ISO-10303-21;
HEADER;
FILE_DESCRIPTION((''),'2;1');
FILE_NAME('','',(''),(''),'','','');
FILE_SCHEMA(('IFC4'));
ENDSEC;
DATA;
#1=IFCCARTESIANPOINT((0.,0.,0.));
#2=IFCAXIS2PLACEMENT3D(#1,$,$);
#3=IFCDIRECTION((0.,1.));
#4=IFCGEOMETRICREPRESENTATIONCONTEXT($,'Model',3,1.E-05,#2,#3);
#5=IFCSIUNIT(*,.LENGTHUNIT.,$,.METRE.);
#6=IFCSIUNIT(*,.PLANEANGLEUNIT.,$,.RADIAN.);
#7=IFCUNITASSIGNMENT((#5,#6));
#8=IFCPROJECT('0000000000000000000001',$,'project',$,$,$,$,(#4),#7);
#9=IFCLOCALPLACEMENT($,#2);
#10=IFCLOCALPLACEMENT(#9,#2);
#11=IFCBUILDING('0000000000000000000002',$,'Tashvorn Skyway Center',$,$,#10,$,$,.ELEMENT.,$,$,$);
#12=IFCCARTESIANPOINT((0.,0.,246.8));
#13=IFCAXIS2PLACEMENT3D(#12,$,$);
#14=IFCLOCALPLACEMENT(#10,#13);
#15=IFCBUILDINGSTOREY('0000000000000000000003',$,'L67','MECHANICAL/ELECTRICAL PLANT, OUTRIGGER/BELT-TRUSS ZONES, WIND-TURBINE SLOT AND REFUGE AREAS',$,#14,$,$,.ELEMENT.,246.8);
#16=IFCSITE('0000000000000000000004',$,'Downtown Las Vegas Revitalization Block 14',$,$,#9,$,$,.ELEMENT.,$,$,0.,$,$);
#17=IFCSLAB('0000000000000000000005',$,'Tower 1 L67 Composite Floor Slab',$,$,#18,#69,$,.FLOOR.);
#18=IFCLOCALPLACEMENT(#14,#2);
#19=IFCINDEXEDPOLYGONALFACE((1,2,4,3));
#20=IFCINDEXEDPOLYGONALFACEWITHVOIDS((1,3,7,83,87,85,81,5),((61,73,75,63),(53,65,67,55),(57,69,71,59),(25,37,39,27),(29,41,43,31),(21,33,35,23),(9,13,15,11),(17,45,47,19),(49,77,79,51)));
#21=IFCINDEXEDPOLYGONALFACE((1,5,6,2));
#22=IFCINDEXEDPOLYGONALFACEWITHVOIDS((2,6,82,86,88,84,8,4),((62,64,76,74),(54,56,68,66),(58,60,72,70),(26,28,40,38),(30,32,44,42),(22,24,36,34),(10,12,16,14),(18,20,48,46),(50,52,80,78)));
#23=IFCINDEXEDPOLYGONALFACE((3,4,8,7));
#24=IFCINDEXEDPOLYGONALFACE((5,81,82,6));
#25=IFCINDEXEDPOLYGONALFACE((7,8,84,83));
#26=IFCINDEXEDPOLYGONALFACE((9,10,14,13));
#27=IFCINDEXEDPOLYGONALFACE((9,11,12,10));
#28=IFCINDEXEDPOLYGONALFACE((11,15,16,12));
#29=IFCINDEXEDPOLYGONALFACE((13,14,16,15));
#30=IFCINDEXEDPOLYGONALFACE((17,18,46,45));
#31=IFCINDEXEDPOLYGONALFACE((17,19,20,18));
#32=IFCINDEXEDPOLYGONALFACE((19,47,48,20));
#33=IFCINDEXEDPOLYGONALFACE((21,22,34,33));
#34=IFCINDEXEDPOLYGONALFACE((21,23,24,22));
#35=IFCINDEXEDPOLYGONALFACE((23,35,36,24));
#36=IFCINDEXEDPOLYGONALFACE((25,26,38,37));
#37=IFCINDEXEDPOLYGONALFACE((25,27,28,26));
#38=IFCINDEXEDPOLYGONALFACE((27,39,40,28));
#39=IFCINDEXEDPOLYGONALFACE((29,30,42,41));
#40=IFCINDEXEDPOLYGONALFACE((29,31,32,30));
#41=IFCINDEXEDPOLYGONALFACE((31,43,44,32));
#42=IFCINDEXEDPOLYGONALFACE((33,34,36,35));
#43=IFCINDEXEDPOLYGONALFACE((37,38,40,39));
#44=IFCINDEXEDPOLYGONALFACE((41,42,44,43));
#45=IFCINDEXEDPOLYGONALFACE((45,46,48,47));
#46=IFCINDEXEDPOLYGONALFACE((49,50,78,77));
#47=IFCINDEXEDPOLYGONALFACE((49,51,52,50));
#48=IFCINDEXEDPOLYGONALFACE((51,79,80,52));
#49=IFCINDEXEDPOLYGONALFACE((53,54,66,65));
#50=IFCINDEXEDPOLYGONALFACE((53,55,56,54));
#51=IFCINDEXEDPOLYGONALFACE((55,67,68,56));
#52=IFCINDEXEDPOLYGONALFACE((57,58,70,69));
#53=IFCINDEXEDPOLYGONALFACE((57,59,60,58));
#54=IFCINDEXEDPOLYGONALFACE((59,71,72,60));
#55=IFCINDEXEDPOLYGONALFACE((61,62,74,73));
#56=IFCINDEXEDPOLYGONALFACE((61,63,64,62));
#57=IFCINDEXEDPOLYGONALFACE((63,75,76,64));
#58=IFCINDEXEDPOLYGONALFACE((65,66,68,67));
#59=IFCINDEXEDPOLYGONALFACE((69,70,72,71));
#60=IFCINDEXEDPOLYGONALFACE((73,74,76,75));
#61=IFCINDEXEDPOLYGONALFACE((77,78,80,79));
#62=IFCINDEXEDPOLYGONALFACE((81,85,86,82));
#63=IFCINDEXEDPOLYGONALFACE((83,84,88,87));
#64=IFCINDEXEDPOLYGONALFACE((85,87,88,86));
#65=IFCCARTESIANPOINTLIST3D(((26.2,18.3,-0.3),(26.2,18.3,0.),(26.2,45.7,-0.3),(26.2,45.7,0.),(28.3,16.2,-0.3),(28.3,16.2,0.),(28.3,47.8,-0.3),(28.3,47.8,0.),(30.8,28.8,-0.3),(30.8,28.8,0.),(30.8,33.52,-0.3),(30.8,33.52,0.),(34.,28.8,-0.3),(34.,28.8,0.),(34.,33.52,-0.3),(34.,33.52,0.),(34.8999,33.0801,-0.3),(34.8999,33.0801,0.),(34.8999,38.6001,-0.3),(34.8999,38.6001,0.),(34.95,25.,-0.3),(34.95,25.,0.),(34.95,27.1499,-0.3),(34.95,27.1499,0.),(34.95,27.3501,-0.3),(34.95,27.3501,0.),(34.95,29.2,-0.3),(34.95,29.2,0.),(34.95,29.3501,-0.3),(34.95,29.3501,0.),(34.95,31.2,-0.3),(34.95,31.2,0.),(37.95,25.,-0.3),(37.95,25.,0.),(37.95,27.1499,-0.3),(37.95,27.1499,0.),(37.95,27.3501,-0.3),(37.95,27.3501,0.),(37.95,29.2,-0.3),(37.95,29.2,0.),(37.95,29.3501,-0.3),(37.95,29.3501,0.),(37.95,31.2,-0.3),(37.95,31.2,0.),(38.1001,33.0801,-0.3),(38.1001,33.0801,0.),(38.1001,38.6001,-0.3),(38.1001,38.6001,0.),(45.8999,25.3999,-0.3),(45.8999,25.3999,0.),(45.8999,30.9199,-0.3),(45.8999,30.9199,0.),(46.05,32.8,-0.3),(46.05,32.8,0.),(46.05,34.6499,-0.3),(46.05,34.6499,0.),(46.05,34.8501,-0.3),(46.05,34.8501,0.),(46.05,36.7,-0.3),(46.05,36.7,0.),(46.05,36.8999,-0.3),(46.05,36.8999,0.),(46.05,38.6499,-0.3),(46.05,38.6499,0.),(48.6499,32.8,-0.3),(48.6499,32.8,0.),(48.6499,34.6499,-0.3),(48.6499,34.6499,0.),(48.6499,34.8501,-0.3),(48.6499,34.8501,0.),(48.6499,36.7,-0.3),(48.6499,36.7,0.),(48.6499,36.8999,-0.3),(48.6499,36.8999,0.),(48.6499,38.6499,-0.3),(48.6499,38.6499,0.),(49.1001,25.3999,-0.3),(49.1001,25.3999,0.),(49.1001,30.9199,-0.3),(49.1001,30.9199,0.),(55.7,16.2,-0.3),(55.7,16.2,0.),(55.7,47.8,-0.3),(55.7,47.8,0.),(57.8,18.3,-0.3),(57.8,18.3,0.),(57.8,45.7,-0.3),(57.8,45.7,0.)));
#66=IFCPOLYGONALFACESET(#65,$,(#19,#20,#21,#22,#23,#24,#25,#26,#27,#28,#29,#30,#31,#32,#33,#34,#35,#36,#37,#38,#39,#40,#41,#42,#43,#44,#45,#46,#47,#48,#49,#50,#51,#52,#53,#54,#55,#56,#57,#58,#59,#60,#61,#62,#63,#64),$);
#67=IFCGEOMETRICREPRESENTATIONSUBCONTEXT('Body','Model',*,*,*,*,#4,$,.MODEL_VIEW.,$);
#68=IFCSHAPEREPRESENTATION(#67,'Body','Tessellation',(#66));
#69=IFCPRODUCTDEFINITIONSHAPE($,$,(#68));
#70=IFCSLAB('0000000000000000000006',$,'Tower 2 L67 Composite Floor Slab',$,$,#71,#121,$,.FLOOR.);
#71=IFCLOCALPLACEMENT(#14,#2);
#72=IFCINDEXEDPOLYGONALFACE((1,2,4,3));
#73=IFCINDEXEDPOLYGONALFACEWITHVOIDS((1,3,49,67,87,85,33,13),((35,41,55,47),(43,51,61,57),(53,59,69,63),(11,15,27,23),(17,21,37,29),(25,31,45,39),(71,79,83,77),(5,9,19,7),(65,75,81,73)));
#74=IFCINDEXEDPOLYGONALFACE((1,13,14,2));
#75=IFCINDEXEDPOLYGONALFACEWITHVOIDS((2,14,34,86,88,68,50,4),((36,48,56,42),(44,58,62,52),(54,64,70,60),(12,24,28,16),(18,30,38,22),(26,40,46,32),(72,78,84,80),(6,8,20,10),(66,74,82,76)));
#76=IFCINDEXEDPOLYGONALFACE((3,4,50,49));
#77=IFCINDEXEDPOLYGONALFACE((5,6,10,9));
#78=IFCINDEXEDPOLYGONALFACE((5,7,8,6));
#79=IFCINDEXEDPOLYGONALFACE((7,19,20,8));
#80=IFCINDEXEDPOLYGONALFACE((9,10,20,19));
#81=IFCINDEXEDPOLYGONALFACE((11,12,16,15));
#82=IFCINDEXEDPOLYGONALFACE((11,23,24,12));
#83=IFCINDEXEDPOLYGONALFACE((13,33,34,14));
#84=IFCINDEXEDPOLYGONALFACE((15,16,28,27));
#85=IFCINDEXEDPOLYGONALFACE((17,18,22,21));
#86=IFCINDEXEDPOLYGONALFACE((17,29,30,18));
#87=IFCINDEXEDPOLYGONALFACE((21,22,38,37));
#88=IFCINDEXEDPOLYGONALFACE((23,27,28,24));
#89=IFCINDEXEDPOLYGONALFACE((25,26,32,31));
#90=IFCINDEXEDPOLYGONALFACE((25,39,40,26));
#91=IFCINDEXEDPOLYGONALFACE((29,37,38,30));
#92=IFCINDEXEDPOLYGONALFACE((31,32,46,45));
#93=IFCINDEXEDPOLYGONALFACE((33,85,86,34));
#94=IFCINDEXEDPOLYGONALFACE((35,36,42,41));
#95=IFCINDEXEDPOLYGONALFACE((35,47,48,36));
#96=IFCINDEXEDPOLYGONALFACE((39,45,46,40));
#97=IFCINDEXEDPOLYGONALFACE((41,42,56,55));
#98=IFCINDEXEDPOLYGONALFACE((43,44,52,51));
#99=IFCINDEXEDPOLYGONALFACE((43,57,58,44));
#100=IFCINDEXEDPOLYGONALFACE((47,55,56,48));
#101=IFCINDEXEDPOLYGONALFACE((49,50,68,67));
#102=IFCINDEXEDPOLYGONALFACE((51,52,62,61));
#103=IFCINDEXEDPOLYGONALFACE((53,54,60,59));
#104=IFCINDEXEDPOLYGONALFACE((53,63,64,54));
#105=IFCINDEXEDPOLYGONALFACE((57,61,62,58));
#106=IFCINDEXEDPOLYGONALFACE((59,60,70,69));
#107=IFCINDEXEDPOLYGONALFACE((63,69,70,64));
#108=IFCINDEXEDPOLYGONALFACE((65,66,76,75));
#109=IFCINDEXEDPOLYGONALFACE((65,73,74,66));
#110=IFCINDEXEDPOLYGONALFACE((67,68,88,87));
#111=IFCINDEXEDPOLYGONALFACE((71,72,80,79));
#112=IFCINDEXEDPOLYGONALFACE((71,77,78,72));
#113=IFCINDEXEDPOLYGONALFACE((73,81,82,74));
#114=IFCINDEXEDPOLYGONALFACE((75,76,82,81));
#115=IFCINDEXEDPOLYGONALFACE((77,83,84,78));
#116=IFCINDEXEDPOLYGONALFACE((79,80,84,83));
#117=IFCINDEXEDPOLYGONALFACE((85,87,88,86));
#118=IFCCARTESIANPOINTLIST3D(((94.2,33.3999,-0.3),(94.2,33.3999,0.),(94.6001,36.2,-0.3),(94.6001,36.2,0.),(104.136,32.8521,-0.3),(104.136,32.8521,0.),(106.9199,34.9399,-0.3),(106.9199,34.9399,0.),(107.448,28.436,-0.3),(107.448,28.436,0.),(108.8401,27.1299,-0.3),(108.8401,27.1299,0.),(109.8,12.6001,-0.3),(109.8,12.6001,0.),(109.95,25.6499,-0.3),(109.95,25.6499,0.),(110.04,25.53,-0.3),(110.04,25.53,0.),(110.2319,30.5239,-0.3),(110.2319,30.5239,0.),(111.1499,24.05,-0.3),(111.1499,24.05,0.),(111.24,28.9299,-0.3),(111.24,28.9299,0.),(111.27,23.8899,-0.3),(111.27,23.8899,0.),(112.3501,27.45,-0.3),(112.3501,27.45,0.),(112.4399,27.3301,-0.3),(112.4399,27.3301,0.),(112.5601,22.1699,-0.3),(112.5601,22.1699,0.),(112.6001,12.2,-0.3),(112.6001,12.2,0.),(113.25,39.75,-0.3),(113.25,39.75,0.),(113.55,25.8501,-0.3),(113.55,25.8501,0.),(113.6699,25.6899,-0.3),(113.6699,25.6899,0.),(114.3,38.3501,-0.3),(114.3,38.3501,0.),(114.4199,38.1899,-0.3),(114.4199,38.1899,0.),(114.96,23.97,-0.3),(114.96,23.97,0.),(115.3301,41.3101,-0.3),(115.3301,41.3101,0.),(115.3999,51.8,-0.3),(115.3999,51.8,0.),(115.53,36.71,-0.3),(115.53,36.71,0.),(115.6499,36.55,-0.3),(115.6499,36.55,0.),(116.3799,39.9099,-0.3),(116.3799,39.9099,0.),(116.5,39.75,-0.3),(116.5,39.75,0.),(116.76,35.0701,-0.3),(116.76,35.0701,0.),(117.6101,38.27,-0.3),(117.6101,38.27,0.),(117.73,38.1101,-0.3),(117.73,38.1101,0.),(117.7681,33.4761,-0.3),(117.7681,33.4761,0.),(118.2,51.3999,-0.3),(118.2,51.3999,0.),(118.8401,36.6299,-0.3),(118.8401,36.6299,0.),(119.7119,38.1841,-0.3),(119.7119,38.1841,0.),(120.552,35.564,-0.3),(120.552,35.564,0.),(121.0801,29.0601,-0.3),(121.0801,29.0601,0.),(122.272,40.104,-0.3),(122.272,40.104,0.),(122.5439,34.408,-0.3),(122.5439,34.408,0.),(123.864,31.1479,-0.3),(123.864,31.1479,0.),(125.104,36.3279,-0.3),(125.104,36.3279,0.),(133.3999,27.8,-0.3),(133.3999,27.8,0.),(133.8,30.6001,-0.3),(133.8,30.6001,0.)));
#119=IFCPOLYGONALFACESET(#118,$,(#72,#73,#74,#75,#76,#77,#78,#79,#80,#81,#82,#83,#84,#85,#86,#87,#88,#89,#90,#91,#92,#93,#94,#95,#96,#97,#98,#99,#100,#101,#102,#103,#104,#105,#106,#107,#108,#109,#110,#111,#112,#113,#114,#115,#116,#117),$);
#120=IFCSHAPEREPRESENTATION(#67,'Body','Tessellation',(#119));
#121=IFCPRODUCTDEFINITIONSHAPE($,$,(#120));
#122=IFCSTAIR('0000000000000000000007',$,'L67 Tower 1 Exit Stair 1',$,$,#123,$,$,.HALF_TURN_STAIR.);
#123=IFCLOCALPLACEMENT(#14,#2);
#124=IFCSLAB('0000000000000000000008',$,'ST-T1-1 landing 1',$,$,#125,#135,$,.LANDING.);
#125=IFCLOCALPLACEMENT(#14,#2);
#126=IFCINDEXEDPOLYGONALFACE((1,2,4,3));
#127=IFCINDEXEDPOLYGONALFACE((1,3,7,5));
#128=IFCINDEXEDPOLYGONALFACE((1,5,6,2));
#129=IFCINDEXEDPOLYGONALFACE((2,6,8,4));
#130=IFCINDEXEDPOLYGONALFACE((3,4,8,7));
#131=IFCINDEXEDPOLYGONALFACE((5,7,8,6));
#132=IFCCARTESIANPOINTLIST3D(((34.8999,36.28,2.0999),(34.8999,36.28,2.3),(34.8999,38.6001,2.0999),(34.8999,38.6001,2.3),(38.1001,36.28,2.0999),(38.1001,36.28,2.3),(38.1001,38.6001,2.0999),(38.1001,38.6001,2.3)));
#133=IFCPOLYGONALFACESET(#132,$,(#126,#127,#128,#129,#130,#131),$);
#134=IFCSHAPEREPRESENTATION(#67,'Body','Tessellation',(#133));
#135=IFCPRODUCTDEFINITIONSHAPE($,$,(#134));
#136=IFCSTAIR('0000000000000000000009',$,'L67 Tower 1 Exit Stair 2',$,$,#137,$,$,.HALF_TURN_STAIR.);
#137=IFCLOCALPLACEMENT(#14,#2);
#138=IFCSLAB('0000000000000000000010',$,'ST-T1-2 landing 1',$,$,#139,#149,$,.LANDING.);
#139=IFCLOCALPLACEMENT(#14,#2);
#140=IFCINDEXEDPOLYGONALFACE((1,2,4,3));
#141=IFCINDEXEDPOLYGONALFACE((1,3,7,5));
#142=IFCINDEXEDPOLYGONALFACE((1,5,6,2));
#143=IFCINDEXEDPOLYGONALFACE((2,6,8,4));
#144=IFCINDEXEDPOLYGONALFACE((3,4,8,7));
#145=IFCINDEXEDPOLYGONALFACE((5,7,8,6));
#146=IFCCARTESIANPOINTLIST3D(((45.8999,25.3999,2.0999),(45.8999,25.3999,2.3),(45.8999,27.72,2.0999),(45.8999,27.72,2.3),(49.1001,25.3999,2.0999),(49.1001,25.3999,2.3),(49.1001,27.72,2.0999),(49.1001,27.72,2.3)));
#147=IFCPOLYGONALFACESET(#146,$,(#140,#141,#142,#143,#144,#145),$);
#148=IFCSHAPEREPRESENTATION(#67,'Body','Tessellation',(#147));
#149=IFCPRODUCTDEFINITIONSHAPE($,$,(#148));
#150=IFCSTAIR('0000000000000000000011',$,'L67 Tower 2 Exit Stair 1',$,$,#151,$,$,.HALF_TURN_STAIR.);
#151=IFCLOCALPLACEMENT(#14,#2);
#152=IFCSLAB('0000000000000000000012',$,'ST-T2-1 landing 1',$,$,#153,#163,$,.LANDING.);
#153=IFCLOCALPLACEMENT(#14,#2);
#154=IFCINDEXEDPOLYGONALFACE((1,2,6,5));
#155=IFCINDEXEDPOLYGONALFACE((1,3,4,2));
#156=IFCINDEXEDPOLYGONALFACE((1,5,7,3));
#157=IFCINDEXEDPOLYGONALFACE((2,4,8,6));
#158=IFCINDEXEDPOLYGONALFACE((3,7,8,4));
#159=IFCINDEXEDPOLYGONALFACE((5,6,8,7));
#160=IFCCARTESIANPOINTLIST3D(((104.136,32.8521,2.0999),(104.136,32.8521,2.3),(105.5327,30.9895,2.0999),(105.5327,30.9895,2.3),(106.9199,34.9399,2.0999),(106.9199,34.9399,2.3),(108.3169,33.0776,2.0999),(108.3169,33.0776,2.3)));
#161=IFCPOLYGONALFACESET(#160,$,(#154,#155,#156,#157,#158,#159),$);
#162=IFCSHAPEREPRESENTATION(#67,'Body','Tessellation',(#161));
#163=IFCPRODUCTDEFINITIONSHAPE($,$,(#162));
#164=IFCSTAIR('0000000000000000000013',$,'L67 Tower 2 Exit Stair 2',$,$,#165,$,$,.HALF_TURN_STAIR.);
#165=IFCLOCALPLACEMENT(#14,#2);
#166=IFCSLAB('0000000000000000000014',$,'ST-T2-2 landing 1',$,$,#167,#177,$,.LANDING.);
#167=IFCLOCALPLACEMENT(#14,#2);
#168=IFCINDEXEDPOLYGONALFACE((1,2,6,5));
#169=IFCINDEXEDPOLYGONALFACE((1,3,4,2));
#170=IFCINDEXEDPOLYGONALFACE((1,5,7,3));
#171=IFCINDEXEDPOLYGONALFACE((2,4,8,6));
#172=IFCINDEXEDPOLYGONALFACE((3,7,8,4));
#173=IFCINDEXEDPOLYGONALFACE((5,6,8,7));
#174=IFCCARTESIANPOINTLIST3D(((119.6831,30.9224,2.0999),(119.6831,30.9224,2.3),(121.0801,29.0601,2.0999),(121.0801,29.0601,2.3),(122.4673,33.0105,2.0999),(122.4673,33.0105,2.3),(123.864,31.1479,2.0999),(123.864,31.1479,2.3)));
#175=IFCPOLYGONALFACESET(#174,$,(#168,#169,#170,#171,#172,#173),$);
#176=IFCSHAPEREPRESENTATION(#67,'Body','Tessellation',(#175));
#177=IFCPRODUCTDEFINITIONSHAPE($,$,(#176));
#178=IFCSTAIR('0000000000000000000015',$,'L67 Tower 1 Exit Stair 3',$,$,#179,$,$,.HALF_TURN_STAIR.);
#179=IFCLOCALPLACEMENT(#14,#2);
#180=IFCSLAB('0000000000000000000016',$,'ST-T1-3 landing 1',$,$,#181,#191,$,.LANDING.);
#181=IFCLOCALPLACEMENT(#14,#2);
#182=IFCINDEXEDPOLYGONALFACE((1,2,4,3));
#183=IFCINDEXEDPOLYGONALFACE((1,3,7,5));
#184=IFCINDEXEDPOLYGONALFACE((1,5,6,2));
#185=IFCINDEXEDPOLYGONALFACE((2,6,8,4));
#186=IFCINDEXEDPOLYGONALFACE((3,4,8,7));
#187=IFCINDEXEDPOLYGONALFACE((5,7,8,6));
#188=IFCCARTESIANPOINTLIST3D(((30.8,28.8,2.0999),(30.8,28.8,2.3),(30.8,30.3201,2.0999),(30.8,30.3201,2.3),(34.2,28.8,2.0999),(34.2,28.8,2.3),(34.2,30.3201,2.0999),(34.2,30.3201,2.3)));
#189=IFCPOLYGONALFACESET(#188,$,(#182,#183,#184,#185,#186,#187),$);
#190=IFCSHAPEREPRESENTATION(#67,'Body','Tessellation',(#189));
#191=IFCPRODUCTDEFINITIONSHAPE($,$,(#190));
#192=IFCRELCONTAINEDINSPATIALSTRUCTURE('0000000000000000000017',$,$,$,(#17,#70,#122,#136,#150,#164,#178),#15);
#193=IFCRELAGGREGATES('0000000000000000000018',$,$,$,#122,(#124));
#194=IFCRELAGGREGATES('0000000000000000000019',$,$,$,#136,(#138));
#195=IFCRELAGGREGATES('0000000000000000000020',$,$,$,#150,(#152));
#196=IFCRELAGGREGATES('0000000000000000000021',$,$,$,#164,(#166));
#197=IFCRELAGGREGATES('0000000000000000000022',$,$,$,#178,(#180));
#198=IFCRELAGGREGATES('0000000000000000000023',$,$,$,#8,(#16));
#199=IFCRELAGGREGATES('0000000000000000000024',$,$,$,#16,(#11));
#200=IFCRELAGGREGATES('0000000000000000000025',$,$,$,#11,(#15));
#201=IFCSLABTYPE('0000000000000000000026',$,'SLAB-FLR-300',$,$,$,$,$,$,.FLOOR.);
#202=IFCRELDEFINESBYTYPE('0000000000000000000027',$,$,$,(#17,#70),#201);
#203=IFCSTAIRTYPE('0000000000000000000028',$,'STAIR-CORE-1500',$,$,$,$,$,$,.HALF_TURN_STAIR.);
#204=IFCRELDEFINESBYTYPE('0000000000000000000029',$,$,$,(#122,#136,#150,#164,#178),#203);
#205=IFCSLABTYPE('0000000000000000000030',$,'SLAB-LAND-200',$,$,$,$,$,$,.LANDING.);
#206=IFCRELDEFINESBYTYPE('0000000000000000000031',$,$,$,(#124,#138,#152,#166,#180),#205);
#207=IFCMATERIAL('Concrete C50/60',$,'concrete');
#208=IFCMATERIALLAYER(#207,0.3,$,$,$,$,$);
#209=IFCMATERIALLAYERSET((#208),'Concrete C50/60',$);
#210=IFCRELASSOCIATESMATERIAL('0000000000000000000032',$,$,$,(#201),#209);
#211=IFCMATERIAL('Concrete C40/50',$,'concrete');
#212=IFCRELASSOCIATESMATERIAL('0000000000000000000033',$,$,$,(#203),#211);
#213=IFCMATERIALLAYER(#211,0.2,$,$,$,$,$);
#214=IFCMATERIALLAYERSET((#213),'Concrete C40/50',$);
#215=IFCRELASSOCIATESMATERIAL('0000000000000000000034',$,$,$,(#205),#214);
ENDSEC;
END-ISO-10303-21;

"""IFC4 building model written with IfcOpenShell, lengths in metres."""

from ifc_helpers import new_model, si_unit, direction, frame, origin, place, context, subcontext, project, spatial, polyline, outline, extrude, material, layer, layer_set, type_object, element, aggregate, save


model = new_model("IFC4")

# Units and contexts
model_context = context("Model", 3, precision=1e-05, world=origin(), true_north=direction((0.0, 1.0)))
body_context = subcontext(model_context, "Body", "Model", "MODEL_VIEW")
ifc_project = project(units=[si_unit("LENGTHUNIT", "METRE"), si_unit("PLANEANGLEUNIT", "RADIAN")], contexts=[model_context])

# Site, building, storey
site_placement = place(None, origin())
site = spatial("IfcSite", under=ifc_project, at=site_placement, Name="Downtown Las Vegas Revitalization Block 14", CompositionType="ELEMENT", RefElevation=0.0)
building_placement = place(site_placement, origin())
building = spatial("IfcBuilding", under=site, at=building_placement, Name="Tashvorn Skyway Center", CompositionType="ELEMENT")
storey_placement = place(building_placement, frame((0.0, 0.0, 246.8)))
storey = spatial("IfcBuildingStorey", under=building, at=storey_placement, Name="L67", Description="MECHANICAL/ELECTRICAL PLANT, OUTRIGGER/BELT-TRUSS ZONES, WIND-TURBINE SLOT AND REFUGE AREAS", CompositionType="ELEMENT", Elevation=246.8)

# Slabs
ifc_material_1 = material(Name="Concrete C50/60", Category="concrete")
ifc_layer_1 = layer(ifc_material_1, 0.3)
ifc_layer_set_1 = layer_set([ifc_layer_1], Name="Concrete C50/60")
slab_type_1 = type_object("IfcSlabType", Name="SLAB-FLR-300", PredefinedType="FLOOR", material=ifc_layer_set_1)
slab_1_placement = place(storey_placement, frame((0.0, 0.0, -0.3)))
element("IfcSlab", 1, at=slab_1_placement, inside=storey, type_object=slab_type_1, Name="Tower 1 L67 Composite Floor Slab", PredefinedType="FLOOR", context=body_context, shape_type="SweptSolid", body=[
    extrude(outline(polyline([(28.3, 16.2), (55.7, 16.2), (57.8, 18.3), (57.8, 45.7), (55.7, 47.8), (28.3, 47.8), (26.2, 45.7), (26.2, 18.3), (28.3, 16.2)]), holes=[polyline([(38.1001, 33.0801), (38.1001, 38.6001), (34.8999, 38.6001), (34.8999, 33.0801), (38.1001, 33.0801)]), polyline([(45.8999, 30.9199), (45.8999, 25.3999), (49.1001, 25.3999), (49.1001, 30.9199), (45.8999, 30.9199)]), polyline([(30.8, 33.52), (30.8, 28.8), (34.0, 28.8), (34.0, 33.52), (30.8, 33.52)]), polyline([(34.95, 29.3501), (37.95, 29.3501), (37.95, 31.2), (34.95, 31.2), (34.95, 29.3501)]), polyline([(34.95, 27.3501), (37.95, 27.3501), (37.95, 29.2), (34.95, 29.2), (34.95, 27.3501)]), polyline([(34.95, 25.0), (37.95, 25.0), (37.95, 27.1499), (34.95, 27.1499), (34.95, 25.0)]), polyline([(46.05, 32.8), (48.6499, 32.8), (48.6499, 34.6499), (46.05, 34.6499), (46.05, 32.8)]), polyline([(46.05, 34.8501), (48.6499, 34.8501), (48.6499, 36.7), (46.05, 36.7), (46.05, 34.8501)]), polyline([(46.05, 36.8999), (48.6499, 36.8999), (48.6499, 38.6499), (46.05, 38.6499), (46.05, 36.8999)])]), origin(), (0.0, 0.0, 1.0), 0.3),
])
slab_2_placement = place(storey_placement, frame((0.0, 0.0, -0.3)))
element("IfcSlab", 2, at=slab_2_placement, inside=storey, type_object=slab_type_1, Name="Tower 2 L67 Composite Floor Slab", PredefinedType="FLOOR", context=body_context, shape_type="SweptSolid", body=[
    extrude(outline(polyline([(112.6001, 12.2), (133.3999, 27.8), (133.8, 30.6001), (118.2, 51.3999), (115.3999, 51.8), (94.6001, 36.2), (94.2, 33.3999), (109.8, 12.6001), (112.6001, 12.2)]), holes=[polyline([(110.2319, 30.5239), (106.9199, 34.9399), (104.136, 32.8521), (107.448, 28.436), (110.2319, 30.5239)]), polyline([(117.7681, 33.4761), (121.0801, 29.0601), (123.864, 31.1479), (120.552, 35.564), (117.7681, 33.4761)]), polyline([(119.7119, 38.1841), (122.5439, 34.408), (125.104, 36.3279), (122.272, 40.104), (119.7119, 38.1841)]), polyline([(109.95, 25.6499), (112.3501, 27.45), (111.24, 28.9299), (108.8401, 27.1299), (109.95, 25.6499)]), polyline([(111.1499, 24.05), (113.55, 25.8501), (112.4399, 27.3301), (110.04, 25.53), (111.1499, 24.05)]), polyline([(112.5601, 22.1699), (114.96, 23.97), (113.6699, 25.6899), (111.27, 23.8899), (112.5601, 22.1699)]), polyline([(116.76, 35.0701), (118.8401, 36.6299), (117.73, 38.1101), (115.6499, 36.55), (116.76, 35.0701)]), polyline([(115.53, 36.71), (117.6101, 38.27), (116.5, 39.75), (114.4199, 38.1899), (115.53, 36.71)]), polyline([(114.3, 38.3501), (116.3799, 39.9099), (115.3301, 41.3101), (113.25, 39.75), (114.3, 38.3501)])]), origin(), (0.0, 0.0, 1.0), 0.3),
])

# Stairs, slabs
ifc_material_2 = material(Name="Concrete C40/50", Category="concrete")
stair_type = type_object("IfcStairType", Name="STAIR-CORE-1500", PredefinedType="HALF_TURN_STAIR", material=ifc_material_2)
stair_1_placement = place(storey_placement, origin())
stair_1 = element("IfcStair", 3, at=stair_1_placement, inside=storey, type_object=stair_type, Name="L67 Tower 1 Exit Stair 1", PredefinedType="HALF_TURN_STAIR")
ifc_layer_2 = layer(ifc_material_2, 0.2)
ifc_layer_set_2 = layer_set([ifc_layer_2], Name="Concrete C40/50")
slab_type_2 = type_object("IfcSlabType", Name="SLAB-LAND-200", PredefinedType="LANDING", material=ifc_layer_set_2)
slab_3_placement = place(storey_placement, frame((0.0, 0.0, 2.0999)))
slab_3 = element("IfcSlab", 4, at=slab_3_placement, type_object=slab_type_2, Name="ST-T1-1 landing 1", PredefinedType="LANDING", context=body_context, shape_type="SweptSolid", body=[
    extrude(outline(polyline([(38.1001, 36.28), (38.1001, 38.6001), (34.8999, 38.6001), (34.8999, 36.28), (38.1001, 36.28)])), origin(), (0.0, 0.0, 1.0), 0.2002),
])
aggregate(stair_1, [slab_3])
stair_2_placement = place(storey_placement, origin())
stair_2 = element("IfcStair", 5, at=stair_2_placement, inside=storey, type_object=stair_type, Name="L67 Tower 1 Exit Stair 2", PredefinedType="HALF_TURN_STAIR")
slab_4_placement = place(storey_placement, frame((0.0, 0.0, 2.0999)))
slab_4 = element("IfcSlab", 6, at=slab_4_placement, type_object=slab_type_2, Name="ST-T1-2 landing 1", PredefinedType="LANDING", context=body_context, shape_type="SweptSolid", body=[
    extrude(outline(polyline([(45.8999, 27.72), (45.8999, 25.3999), (49.1001, 25.3999), (49.1001, 27.72), (45.8999, 27.72)])), origin(), (0.0, 0.0, 1.0), 0.2002),
])
aggregate(stair_2, [slab_4])
stair_3_placement = place(storey_placement, origin())
stair_3 = element("IfcStair", 7, at=stair_3_placement, inside=storey, type_object=stair_type, Name="L67 Tower 2 Exit Stair 1", PredefinedType="HALF_TURN_STAIR")
slab_5_placement = place(storey_placement, frame((0.0, 0.0, 2.0999)))
slab_5 = element("IfcSlab", 8, at=slab_5_placement, type_object=slab_type_2, Name="ST-T2-1 landing 1", PredefinedType="LANDING", context=body_context, shape_type="SweptSolid", body=[
    extrude(outline(polyline([(108.3169, 33.0776), (106.9199, 34.9399), (104.136, 32.8521), (105.5327, 30.9895), (108.3169, 33.0776)])), origin(), (0.0, 0.0, 1.0), 0.2002),
])
aggregate(stair_3, [slab_5])
stair_4_placement = place(storey_placement, origin())
stair_4 = element("IfcStair", 9, at=stair_4_placement, inside=storey, type_object=stair_type, Name="L67 Tower 2 Exit Stair 2", PredefinedType="HALF_TURN_STAIR")
slab_6_placement = place(storey_placement, frame((0.0, 0.0, 2.0999)))
slab_6 = element("IfcSlab", 10, at=slab_6_placement, type_object=slab_type_2, Name="ST-T2-2 landing 1", PredefinedType="LANDING", context=body_context, shape_type="SweptSolid", body=[
    extrude(outline(polyline([(119.6831, 30.9224), (121.0801, 29.0601), (123.864, 31.1479), (122.4673, 33.0105), (119.6831, 30.9224)])), origin(), (0.0, 0.0, 1.0), 0.2002),
])
aggregate(stair_4, [slab_6])
stair_5_placement = place(storey_placement, origin())
stair_5 = element("IfcStair", 11, at=stair_5_placement, inside=storey, type_object=stair_type, Name="L67 Tower 1 Exit Stair 3", PredefinedType="HALF_TURN_STAIR")
slab_7_placement = place(storey_placement, frame((0.0, 0.0, 2.0999)))
slab_7 = element("IfcSlab", 12, at=slab_7_placement, type_object=slab_type_2, Name="ST-T1-3 landing 1", PredefinedType="LANDING", context=body_context, shape_type="SweptSolid", body=[
    extrude(outline(polyline([(30.8, 30.3201), (30.8, 28.8), (34.2, 28.8), (34.2, 30.3201), (30.8, 30.3201)])), origin(), (0.0, 0.0, 1.0), 0.2002),
])
aggregate(stair_5, [slab_7])

save(model, "model.ifc")
